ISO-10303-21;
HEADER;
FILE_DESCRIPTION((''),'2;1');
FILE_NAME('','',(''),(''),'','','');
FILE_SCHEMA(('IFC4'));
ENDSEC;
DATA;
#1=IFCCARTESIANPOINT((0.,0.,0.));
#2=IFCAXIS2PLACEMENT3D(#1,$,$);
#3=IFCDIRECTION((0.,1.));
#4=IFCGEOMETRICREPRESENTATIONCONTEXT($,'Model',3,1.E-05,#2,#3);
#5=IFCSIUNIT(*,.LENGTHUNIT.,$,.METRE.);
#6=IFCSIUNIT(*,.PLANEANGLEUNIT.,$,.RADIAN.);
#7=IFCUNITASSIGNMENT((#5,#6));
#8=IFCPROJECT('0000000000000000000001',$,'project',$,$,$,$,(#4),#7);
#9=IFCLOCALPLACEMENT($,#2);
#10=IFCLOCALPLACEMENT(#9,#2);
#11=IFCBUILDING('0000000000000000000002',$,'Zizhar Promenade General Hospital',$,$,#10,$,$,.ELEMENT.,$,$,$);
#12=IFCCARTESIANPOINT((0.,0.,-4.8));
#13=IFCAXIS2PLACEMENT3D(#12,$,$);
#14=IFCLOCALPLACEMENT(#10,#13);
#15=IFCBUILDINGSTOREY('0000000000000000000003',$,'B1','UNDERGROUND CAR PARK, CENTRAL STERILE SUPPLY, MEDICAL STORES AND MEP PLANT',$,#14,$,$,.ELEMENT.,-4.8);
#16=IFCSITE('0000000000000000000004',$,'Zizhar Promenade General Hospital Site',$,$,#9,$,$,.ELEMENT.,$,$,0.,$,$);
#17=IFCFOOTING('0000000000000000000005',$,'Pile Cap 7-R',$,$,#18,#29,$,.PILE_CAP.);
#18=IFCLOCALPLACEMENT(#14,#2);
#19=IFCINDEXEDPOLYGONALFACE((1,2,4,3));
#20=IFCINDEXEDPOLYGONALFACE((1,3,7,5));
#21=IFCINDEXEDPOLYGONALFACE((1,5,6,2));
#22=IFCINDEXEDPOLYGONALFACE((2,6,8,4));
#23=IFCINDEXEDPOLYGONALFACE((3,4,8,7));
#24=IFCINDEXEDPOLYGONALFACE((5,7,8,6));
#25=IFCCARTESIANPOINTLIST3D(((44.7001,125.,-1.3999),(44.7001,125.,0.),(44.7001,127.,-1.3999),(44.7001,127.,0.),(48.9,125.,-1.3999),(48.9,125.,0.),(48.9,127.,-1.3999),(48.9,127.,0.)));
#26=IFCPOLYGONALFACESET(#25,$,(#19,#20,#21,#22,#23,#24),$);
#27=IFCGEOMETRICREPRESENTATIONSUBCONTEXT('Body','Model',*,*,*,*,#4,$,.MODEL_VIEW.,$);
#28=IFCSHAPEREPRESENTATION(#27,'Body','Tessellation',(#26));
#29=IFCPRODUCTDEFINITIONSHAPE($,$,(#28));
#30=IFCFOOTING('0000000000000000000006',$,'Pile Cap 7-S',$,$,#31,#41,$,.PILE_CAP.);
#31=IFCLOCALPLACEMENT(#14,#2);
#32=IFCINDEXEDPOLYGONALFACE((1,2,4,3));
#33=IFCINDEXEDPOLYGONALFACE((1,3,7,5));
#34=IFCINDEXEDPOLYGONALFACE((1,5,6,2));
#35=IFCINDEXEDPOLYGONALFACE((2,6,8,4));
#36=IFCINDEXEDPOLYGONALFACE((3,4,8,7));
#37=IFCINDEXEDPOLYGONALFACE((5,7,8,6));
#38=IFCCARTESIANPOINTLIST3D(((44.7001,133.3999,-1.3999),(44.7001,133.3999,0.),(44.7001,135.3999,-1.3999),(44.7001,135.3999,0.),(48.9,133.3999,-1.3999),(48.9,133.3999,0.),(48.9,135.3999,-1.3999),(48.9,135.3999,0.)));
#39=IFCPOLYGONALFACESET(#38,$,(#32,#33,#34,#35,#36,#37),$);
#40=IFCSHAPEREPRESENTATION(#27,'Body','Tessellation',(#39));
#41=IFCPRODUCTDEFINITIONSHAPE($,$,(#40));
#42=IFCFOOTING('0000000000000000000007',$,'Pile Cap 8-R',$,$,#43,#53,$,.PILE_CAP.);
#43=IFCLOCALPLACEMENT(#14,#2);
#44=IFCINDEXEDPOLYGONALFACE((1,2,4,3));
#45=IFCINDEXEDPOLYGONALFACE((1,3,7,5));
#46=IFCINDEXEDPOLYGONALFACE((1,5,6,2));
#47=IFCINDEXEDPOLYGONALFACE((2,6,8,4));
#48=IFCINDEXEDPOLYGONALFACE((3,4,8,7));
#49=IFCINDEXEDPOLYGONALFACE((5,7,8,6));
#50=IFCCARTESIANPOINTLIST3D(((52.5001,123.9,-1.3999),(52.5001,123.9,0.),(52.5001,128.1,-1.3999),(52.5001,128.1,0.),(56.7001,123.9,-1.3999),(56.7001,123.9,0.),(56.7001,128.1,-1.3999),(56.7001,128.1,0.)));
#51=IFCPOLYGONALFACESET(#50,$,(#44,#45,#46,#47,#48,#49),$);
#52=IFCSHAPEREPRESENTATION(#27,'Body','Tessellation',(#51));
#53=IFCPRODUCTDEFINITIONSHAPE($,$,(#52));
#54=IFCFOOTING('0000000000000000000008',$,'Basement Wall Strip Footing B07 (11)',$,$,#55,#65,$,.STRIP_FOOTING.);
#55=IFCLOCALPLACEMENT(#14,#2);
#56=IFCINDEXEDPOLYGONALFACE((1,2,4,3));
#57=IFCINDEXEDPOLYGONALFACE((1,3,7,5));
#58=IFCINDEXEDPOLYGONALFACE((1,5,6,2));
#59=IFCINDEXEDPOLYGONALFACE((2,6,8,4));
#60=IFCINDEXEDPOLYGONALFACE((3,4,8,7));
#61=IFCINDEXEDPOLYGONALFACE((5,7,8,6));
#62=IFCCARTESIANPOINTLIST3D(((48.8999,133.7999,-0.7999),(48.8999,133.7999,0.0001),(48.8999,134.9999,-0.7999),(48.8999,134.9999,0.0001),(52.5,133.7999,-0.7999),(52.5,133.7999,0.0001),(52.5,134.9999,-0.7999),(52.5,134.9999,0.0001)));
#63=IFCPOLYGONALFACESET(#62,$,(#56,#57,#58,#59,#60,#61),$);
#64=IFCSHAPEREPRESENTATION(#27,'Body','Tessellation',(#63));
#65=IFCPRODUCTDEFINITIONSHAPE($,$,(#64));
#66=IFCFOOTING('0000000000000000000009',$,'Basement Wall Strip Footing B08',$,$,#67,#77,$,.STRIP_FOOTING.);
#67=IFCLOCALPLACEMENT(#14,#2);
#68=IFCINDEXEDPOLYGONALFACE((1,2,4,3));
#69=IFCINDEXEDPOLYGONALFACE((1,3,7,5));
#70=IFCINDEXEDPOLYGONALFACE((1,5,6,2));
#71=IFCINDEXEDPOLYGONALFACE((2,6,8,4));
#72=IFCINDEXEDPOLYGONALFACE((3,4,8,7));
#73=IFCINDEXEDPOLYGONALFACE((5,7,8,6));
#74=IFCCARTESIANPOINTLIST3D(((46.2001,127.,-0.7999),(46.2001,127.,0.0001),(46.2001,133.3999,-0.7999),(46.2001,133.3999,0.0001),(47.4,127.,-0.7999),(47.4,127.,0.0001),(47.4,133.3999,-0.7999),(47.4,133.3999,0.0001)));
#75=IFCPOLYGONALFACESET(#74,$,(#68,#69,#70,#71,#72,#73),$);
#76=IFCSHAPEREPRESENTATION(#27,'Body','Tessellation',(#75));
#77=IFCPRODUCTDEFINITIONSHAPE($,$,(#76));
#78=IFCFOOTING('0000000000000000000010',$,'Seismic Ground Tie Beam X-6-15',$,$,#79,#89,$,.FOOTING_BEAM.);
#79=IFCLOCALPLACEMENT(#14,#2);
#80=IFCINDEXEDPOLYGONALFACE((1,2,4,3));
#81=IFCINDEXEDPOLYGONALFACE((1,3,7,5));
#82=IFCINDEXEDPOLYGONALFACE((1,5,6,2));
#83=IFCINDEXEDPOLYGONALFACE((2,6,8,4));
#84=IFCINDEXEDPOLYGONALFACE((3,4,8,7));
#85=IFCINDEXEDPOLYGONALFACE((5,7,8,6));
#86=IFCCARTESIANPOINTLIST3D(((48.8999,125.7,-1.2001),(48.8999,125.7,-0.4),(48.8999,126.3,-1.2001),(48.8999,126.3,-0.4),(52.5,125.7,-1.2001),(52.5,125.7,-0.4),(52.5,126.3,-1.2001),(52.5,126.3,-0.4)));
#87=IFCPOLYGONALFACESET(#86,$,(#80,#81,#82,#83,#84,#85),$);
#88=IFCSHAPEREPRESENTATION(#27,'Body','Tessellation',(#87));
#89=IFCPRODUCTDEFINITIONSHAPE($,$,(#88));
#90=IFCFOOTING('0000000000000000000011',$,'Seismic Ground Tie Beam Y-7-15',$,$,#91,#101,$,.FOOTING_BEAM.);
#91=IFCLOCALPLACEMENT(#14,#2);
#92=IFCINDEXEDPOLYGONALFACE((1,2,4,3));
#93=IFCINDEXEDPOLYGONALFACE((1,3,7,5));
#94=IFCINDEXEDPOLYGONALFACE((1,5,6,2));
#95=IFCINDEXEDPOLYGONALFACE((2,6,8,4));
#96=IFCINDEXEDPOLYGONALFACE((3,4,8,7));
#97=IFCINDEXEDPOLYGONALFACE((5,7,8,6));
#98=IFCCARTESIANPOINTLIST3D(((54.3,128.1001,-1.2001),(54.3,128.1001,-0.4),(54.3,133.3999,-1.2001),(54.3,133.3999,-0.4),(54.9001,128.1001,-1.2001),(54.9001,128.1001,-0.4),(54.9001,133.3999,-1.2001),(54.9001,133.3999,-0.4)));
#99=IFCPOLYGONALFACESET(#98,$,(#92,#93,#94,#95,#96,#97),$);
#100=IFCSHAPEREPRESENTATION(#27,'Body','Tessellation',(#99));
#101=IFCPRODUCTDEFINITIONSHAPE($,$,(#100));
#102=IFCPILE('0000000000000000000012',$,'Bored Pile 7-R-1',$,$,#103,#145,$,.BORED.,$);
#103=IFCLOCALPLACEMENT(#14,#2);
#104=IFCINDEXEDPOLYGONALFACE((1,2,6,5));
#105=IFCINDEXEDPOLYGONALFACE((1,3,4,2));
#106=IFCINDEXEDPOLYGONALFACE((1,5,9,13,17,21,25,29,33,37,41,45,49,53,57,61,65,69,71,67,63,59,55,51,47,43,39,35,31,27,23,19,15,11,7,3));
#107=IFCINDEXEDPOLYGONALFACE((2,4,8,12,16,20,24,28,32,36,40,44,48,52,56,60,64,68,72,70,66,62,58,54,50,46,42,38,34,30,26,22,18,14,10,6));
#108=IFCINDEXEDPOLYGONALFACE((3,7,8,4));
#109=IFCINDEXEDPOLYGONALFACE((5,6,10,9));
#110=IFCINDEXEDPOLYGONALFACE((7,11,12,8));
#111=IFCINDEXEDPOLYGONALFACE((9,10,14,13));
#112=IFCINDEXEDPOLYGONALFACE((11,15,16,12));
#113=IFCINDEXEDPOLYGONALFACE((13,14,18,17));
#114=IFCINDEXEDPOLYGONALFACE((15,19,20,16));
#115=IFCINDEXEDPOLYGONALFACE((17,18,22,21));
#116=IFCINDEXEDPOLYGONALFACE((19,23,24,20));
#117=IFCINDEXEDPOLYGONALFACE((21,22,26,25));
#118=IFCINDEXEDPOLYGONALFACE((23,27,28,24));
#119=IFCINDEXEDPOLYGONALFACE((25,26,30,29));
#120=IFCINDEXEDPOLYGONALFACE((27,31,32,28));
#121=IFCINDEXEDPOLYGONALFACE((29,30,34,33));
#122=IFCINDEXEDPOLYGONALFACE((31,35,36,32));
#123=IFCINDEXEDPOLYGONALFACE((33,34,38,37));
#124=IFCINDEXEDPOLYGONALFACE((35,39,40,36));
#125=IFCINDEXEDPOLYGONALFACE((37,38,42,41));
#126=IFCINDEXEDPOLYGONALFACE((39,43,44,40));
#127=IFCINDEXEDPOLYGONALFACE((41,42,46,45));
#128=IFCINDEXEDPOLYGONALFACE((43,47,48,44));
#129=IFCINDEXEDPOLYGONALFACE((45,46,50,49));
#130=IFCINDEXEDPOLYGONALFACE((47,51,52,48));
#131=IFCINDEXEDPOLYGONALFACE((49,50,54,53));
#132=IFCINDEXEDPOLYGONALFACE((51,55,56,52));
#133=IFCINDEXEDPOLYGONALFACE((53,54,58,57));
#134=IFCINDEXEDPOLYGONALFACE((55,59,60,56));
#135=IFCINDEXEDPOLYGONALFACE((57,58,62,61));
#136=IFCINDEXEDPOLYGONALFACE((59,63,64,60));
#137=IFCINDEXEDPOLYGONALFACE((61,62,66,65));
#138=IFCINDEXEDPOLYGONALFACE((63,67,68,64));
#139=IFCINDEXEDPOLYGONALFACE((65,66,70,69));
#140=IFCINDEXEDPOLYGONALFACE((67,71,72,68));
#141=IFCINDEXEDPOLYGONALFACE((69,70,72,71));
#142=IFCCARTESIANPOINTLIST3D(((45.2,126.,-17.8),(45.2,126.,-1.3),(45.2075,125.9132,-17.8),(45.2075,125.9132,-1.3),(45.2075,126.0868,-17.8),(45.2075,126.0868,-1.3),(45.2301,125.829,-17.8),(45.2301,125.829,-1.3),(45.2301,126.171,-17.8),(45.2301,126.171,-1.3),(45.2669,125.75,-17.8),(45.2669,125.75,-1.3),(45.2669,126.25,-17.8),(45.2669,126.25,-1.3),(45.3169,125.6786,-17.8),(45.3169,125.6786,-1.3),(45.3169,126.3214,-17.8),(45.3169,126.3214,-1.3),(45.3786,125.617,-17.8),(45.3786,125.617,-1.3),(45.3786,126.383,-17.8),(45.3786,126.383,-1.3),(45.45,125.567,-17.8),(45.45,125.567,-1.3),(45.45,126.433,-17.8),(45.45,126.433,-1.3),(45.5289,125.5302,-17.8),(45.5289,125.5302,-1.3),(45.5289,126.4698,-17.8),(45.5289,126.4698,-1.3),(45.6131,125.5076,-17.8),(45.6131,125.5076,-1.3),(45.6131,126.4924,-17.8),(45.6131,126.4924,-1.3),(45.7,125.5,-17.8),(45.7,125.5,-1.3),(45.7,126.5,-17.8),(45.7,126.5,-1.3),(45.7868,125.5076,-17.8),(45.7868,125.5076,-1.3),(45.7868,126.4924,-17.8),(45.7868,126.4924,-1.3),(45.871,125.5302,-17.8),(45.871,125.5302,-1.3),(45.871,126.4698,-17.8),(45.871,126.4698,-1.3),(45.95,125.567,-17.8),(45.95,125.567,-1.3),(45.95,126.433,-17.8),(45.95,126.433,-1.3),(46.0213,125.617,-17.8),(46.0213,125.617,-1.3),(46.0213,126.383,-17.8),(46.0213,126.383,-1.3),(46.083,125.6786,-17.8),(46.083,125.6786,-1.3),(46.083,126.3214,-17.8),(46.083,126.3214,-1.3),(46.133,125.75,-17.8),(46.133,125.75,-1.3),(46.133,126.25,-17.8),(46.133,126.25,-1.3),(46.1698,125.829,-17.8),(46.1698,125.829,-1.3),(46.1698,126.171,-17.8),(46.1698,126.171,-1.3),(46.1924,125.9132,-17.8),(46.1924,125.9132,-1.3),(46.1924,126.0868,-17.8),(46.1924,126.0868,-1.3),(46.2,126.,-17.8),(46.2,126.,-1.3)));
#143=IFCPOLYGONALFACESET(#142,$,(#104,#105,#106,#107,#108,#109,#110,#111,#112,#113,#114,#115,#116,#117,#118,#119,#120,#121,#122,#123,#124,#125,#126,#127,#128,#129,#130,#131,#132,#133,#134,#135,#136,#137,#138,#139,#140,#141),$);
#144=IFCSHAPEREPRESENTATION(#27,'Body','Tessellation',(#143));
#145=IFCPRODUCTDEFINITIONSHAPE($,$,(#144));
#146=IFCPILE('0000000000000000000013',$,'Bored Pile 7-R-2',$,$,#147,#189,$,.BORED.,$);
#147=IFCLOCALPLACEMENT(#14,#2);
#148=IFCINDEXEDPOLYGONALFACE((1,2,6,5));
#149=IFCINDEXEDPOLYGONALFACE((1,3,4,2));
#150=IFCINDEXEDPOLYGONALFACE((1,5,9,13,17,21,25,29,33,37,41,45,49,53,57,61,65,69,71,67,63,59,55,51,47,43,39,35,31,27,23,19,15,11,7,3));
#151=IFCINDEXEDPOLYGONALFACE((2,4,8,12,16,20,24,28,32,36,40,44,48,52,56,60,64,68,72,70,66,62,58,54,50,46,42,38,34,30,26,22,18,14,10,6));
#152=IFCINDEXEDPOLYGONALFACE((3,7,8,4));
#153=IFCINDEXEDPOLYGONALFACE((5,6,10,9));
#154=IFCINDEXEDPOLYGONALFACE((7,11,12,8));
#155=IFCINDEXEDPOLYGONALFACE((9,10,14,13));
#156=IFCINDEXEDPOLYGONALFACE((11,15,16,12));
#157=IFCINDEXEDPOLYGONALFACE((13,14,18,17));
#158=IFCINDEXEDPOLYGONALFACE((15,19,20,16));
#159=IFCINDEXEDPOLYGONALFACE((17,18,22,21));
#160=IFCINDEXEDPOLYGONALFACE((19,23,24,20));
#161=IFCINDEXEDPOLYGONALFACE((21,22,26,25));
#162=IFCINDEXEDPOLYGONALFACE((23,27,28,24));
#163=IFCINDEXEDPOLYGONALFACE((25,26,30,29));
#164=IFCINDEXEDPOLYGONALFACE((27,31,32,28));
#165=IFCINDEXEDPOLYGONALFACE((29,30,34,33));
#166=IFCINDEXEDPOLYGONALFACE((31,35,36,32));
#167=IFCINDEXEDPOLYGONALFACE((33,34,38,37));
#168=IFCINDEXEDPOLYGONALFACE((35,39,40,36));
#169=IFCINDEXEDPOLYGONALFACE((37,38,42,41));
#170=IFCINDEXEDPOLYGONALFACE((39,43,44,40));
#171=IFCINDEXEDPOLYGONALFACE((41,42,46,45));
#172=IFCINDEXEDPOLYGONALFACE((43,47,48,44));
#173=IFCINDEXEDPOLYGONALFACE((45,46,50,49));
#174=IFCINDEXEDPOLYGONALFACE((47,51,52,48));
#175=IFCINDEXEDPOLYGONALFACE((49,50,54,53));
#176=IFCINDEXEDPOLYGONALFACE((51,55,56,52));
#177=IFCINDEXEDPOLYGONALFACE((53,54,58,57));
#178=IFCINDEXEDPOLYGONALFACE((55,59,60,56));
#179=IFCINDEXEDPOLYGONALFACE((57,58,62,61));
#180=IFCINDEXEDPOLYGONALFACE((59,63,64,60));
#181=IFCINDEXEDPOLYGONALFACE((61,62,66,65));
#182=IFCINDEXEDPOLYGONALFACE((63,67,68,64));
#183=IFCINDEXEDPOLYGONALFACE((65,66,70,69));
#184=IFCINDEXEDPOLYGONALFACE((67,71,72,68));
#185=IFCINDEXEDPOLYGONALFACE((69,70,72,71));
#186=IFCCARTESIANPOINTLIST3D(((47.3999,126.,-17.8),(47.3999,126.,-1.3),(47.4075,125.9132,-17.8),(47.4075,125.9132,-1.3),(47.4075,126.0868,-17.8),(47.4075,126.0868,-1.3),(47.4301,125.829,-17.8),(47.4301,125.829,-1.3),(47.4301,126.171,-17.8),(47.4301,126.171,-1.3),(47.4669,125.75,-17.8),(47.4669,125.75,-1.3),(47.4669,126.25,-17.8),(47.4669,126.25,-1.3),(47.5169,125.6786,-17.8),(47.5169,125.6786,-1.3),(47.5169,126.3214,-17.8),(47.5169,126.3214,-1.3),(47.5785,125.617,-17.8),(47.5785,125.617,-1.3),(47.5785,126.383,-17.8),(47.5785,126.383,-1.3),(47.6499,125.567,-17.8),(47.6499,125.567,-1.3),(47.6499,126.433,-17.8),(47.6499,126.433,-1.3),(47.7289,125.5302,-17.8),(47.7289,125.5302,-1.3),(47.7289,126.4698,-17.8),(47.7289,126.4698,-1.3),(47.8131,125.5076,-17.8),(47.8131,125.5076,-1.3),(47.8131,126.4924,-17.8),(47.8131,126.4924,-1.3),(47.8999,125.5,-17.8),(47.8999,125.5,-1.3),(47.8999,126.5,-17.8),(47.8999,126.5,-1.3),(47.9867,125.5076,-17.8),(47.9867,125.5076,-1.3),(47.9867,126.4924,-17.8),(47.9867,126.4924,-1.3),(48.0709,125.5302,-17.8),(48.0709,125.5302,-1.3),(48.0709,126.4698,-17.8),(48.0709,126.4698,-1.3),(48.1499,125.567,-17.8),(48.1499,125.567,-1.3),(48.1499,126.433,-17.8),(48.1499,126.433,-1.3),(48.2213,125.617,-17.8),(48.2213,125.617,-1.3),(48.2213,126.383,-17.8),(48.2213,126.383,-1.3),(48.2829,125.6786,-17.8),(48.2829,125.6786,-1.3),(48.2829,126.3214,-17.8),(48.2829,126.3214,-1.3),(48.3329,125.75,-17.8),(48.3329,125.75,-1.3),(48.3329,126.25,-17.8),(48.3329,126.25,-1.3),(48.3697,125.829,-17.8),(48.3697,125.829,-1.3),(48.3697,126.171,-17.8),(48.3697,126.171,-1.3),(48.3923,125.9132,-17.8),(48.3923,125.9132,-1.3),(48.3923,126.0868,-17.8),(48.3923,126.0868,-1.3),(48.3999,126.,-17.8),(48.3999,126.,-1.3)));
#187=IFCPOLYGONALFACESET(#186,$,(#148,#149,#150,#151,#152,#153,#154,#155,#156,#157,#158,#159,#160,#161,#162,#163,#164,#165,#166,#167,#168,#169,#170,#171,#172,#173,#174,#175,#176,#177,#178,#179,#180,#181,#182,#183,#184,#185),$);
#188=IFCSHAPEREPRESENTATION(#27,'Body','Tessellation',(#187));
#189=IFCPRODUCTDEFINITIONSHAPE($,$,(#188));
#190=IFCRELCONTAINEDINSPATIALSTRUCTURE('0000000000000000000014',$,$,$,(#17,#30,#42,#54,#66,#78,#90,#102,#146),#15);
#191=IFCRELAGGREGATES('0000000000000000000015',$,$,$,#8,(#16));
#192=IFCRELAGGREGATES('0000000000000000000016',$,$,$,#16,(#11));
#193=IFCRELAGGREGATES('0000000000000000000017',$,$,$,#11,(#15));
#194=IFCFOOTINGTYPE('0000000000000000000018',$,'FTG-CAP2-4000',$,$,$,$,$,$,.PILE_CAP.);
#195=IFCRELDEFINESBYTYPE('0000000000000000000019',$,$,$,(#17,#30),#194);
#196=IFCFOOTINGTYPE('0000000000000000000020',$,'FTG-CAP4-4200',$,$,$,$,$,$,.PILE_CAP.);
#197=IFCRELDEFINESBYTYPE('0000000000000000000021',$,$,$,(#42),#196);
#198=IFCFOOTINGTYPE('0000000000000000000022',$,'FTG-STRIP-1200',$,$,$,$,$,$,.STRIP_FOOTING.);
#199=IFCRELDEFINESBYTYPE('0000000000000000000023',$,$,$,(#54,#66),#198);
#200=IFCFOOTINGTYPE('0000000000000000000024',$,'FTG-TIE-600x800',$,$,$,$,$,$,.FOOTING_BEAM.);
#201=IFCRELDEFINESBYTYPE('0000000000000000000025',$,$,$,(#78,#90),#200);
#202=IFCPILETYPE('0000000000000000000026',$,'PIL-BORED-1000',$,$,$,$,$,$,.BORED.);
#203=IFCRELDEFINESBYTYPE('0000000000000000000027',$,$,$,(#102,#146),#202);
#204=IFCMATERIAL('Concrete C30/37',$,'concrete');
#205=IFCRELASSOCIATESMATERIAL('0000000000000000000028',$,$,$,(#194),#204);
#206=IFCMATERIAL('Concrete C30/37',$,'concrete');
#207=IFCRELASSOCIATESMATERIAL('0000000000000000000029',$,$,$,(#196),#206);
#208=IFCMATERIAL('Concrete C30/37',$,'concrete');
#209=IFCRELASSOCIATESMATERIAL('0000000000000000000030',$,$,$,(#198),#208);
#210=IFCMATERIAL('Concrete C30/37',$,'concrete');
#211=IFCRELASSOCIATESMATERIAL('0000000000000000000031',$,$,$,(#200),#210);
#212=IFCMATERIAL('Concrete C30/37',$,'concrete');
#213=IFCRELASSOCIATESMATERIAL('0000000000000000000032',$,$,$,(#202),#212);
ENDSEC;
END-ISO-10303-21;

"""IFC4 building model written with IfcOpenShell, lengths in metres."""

from ifc_helpers import new_model, si_unit, direction, frame, origin, origin_2d, place, context, subcontext, project, spatial, rectangle, circle, extrude, material, material_profile, profile_set, type_object, element, save


model = new_model("IFC4")

# Units and contexts
model_context = context("Model", 3, precision=1e-05, world=origin(), true_north=direction((0.0, 1.0)))
body_context = subcontext(model_context, "Body", "Model", "MODEL_VIEW")
ifc_project = project(units=[si_unit("LENGTHUNIT", "METRE"), si_unit("PLANEANGLEUNIT", "RADIAN")], contexts=[model_context])

# Site, building, storey
site_placement = place(None, origin())
site = spatial("IfcSite", under=ifc_project, at=site_placement, Name="Zizhar Promenade General Hospital Site", CompositionType="ELEMENT", RefElevation=0.0)
building_placement = place(site_placement, origin())
building = spatial("IfcBuilding", under=site, at=building_placement, Name="Zizhar Promenade General Hospital", CompositionType="ELEMENT")
storey_placement = place(building_placement, frame((0.0, 0.0, -4.8)))
storey = spatial("IfcBuildingStorey", under=building, at=storey_placement, Name="B1", Description="UNDERGROUND CAR PARK, CENTRAL STERILE SUPPLY, MEDICAL STORES AND MEP PLANT", CompositionType="ELEMENT", Elevation=-4.8)

# Footings
ifc_material_1 = material(Name="Concrete C30/37", Category="concrete")
footing_type_1 = type_object("IfcFootingType", Name="FTG-CAP2-4000", PredefinedType="PILE_CAP", material=ifc_material_1)
for number, where, z_axis, x_axis, name in (
    (1, (46.8, 126.0, -1.3999), (0.0, 0.0, 1.0), (1.0, 0.0, 0.0), "Pile Cap 7-R"),
    (2, (46.8, 134.3999, -1.3999), (0.0, 0.0, 1.0), (1.0, 0.0, 0.0), "Pile Cap 7-S"),
):
    element("IfcFooting", number, at=place(storey_placement, frame(where, z_axis=z_axis, x_axis=x_axis)), inside=storey, type_object=footing_type_1, Name=name, PredefinedType="PILE_CAP", context=body_context, shape_type="SweptSolid", body=[
        extrude(rectangle(XDim=4.2, YDim=2.0, at=origin_2d()), origin(), (0.0, 0.0, 1.0), 1.3999),
    ])
ifc_material_2 = material(Name="Concrete C30/37", Category="concrete")
footing_type_2 = type_object("IfcFootingType", Name="FTG-CAP4-4200", PredefinedType="PILE_CAP", material=ifc_material_2)
footing_1_placement = place(storey_placement, frame((54.6001, 126.0, -1.3999), z_axis=(0.0, 0.0, 1.0), x_axis=(1.0, 0.0, 0.0)))
element("IfcFooting", 3, at=footing_1_placement, inside=storey, type_object=footing_type_2, Name="Pile Cap 8-R", PredefinedType="PILE_CAP", context=body_context, shape_type="SweptSolid", body=[
    extrude(rectangle(XDim=4.2, YDim=4.2, at=origin_2d()), origin(), (0.0, 0.0, 1.0), 1.3999),
])
ifc_material_3 = material(Name="Concrete C30/37", Category="concrete")
ifc_material_profile_1 = material_profile(ifc_material_3, rectangle(XDim=1.2, YDim=0.8, at=origin_2d()))
ifc_profile_set_1 = profile_set([ifc_material_profile_1], Name="Concrete C30/37")
footing_type_3 = type_object("IfcFootingType", Name="FTG-STRIP-1200", PredefinedType="STRIP_FOOTING", material=ifc_profile_set_1)
footing_2_placement = place(storey_placement, frame((52.5, 134.3999, -0.3999), z_axis=(-1.0, 0.0, 0.0), x_axis=(0.0, -1.0, 0.0)))
element("IfcFooting", 4, at=footing_2_placement, inside=storey, type_object=footing_type_3, Name="Basement Wall Strip Footing B07 (11)", PredefinedType="STRIP_FOOTING", context=body_context, shape_type="SweptSolid", body=[
    extrude(rectangle(XDim=1.2, YDim=0.8, at=origin_2d()), origin(), (0.0, 0.0, 1.0), 3.6001),
])
footing_3_placement = place(storey_placement, frame((46.8, 133.3999, -0.3999), z_axis=(0.0, -1.0, 0.0), x_axis=(1.0, 0.0, 0.0)))
element("IfcFooting", 5, at=footing_3_placement, inside=storey, type_object=footing_type_3, Name="Basement Wall Strip Footing B08", PredefinedType="STRIP_FOOTING", context=body_context, shape_type="SweptSolid", body=[
    extrude(rectangle(XDim=1.2, YDim=0.8, at=origin_2d()), origin(), (0.0, 0.0, 1.0), 6.3999),
])
ifc_material_4 = material(Name="Concrete C30/37", Category="concrete")
ifc_material_profile_2 = material_profile(ifc_material_4, rectangle(XDim=0.6001, YDim=0.8, at=origin_2d()))
ifc_profile_set_2 = profile_set([ifc_material_profile_2], Name="Concrete C30/37")
footing_type_4 = type_object("IfcFootingType", Name="FTG-TIE-600x800", PredefinedType="FOOTING_BEAM", material=ifc_profile_set_2)
footing_4_placement = place(storey_placement, frame((48.8999, 126.0, -0.8), z_axis=(1.0, 0.0, 0.0), x_axis=(0.0, 1.0, 0.0)))
element("IfcFooting", 6, at=footing_4_placement, inside=storey, type_object=footing_type_4, Name="Seismic Ground Tie Beam X-6-15", PredefinedType="FOOTING_BEAM", context=body_context, shape_type="SweptSolid", body=[
    extrude(rectangle(XDim=0.6001, YDim=0.8, at=origin_2d()), origin(), (0.0, 0.0, 1.0), 3.6001),
])
footing_5_placement = place(storey_placement, frame((54.6001, 128.1001, -0.8), z_axis=(0.0, 1.0, 0.0), x_axis=(-1.0, 0.0, 0.0)))
element("IfcFooting", 7, at=footing_5_placement, inside=storey, type_object=footing_type_4, Name="Seismic Ground Tie Beam Y-7-15", PredefinedType="FOOTING_BEAM", context=body_context, shape_type="SweptSolid", body=[
    extrude(rectangle(XDim=0.6001, YDim=0.8, at=origin_2d()), origin(), (0.0, 0.0, 1.0), 5.2998),
])

# Piles
ifc_material_5 = material(Name="Concrete C30/37", Category="concrete")
ifc_material_profile_3 = material_profile(ifc_material_5, circle(Radius=0.5, at=origin_2d()))
ifc_profile_set_3 = profile_set([ifc_material_profile_3], Name="Concrete C30/37")
pile_type = type_object("IfcPileType", Name="PIL-BORED-1000", PredefinedType="BORED", material=ifc_profile_set_3)
for number, where, z_axis, x_axis, name in (
    (8, (45.7, 126.0, -1.3), (0.0, 0.0, -1.0), (1.0, 0.0, 0.0), "Bored Pile 7-R-1"),
    (9, (47.8999, 126.0, -1.3), (0.0, 0.0, -1.0), (1.0, 0.0, 0.0), "Bored Pile 7-R-2"),
):
    element("IfcPile", number, at=place(storey_placement, frame(where, z_axis=z_axis, x_axis=x_axis)), inside=storey, type_object=pile_type, Name=name, PredefinedType="BORED", context=body_context, shape_type="SweptSolid", body=[
        extrude(circle(Radius=0.5, at=origin_2d()), origin(), (0.0, 0.0, 1.0), 16.5),
    ])

save(model, "model.ifc")
